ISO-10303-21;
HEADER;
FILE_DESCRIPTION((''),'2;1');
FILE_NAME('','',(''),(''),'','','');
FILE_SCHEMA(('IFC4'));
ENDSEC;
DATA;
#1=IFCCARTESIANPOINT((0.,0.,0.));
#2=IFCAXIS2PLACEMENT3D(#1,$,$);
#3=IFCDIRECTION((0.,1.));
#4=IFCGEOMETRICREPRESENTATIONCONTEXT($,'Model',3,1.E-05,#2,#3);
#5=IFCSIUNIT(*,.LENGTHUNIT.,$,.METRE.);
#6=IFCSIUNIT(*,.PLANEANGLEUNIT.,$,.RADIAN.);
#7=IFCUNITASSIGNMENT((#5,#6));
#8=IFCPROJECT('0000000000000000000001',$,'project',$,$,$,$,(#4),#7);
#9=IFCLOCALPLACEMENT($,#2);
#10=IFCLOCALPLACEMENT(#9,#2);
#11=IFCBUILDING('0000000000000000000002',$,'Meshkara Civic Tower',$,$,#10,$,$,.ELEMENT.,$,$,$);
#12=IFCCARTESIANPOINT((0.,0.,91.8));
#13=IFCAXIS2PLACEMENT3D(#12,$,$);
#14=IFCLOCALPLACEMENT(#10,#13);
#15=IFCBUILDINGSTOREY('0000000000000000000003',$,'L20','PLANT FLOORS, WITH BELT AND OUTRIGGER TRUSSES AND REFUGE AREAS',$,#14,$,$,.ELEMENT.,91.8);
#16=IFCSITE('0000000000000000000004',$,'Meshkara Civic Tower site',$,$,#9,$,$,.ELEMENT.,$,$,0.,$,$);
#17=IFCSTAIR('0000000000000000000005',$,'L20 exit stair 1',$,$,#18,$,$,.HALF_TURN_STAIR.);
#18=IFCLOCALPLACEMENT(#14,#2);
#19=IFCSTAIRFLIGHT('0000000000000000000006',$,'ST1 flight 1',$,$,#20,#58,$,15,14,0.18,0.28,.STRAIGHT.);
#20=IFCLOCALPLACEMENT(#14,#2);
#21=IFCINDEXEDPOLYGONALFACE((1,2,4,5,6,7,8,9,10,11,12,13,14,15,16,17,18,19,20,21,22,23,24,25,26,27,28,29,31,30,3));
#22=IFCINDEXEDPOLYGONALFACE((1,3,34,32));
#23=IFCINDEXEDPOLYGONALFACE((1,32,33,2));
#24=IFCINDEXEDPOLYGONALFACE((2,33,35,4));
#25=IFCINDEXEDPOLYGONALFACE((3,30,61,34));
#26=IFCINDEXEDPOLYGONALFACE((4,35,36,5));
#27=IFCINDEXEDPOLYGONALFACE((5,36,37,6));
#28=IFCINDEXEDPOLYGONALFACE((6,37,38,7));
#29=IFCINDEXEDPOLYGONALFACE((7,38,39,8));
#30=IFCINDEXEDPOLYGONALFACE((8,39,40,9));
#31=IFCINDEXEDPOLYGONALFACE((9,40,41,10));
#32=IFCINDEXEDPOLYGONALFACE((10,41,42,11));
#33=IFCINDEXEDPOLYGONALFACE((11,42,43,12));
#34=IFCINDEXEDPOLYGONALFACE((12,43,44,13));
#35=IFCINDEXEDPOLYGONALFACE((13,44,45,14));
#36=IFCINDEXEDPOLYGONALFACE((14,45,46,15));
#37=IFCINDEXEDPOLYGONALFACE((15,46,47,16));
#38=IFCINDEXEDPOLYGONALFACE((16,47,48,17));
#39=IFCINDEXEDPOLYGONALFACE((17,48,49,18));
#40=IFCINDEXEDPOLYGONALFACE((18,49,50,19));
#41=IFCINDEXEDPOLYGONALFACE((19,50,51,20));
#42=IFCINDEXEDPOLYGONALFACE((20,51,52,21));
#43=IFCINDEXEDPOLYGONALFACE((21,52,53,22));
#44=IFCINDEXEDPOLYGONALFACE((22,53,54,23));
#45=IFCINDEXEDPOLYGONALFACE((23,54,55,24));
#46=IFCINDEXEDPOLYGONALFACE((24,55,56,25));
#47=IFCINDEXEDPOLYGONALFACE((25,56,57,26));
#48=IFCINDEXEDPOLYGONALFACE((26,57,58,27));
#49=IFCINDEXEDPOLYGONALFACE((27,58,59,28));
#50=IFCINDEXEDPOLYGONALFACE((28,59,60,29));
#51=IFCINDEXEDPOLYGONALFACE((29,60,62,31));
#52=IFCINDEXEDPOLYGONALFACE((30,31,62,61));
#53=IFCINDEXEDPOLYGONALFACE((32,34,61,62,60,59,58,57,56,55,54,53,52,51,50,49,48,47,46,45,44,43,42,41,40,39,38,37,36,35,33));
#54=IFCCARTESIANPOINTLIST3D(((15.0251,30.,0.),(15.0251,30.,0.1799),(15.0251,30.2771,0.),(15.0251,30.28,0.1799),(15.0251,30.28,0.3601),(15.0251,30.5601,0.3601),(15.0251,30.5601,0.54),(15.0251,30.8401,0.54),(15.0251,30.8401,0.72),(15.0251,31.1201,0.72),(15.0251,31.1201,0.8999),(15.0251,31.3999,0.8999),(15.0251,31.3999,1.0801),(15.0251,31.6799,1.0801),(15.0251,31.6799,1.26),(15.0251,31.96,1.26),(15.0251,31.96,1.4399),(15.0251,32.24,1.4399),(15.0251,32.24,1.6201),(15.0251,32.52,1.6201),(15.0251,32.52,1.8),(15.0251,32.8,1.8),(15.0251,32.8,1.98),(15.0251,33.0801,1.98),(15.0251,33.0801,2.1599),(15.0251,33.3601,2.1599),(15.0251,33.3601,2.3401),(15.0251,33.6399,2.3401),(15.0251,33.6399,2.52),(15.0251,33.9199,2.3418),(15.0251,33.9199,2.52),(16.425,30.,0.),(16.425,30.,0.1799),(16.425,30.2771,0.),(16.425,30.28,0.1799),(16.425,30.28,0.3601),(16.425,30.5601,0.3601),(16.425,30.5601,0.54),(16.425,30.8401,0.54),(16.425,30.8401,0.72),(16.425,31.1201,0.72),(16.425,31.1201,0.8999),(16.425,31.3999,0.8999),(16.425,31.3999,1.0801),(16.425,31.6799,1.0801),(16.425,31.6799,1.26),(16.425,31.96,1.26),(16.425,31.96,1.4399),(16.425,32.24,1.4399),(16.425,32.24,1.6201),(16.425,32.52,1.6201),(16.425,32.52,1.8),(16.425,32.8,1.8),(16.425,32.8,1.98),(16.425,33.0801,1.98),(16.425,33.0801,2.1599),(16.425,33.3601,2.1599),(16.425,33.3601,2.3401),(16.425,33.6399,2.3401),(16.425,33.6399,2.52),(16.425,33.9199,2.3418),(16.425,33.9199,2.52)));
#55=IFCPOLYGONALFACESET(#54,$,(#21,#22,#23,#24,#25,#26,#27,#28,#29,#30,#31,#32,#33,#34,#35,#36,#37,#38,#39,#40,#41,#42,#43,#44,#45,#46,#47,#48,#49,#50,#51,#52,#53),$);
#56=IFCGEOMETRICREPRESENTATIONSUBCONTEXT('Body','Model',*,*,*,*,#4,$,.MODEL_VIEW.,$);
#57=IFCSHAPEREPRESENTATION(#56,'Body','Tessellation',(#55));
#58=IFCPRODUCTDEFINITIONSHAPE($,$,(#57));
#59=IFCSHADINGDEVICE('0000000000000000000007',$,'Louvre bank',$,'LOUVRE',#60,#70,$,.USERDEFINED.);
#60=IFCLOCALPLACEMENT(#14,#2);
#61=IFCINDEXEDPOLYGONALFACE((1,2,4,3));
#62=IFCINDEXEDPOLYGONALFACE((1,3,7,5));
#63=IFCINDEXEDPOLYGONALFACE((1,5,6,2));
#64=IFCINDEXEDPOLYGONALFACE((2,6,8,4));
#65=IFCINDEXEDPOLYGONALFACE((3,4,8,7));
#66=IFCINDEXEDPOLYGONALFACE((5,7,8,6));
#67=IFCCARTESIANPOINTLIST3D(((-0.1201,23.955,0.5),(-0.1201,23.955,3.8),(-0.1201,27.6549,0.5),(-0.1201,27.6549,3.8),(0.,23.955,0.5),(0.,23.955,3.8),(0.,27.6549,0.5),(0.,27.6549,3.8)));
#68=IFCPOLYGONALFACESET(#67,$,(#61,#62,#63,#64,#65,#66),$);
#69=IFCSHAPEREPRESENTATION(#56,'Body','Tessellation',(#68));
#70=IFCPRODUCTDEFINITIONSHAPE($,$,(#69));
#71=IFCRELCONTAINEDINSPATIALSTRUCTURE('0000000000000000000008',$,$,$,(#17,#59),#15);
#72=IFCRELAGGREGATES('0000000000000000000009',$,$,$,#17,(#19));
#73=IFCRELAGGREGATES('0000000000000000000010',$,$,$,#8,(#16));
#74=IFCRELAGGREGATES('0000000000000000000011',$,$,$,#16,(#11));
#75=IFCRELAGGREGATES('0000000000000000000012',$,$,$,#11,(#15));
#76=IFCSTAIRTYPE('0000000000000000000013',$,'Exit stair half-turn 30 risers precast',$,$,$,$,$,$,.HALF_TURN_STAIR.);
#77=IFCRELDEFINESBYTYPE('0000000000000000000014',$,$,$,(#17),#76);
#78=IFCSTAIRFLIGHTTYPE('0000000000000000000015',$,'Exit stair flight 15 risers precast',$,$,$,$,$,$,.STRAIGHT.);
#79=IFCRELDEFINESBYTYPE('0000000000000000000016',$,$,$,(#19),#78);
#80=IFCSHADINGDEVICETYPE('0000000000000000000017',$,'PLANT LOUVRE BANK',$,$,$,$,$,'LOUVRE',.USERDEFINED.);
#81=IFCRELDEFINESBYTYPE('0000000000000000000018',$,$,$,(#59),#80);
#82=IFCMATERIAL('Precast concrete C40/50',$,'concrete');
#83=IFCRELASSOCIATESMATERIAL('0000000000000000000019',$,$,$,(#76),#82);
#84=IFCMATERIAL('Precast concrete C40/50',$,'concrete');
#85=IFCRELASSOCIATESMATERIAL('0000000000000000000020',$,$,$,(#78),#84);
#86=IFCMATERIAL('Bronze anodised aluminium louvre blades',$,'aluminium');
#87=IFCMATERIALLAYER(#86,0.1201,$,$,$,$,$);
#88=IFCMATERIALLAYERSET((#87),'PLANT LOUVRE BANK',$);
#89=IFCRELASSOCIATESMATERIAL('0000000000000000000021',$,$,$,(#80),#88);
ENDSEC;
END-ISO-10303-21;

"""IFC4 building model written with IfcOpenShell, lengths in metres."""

from ifc_helpers import new_model, si_unit, direction, frame, origin, origin_2d, place, context, subcontext, project, spatial, polyline, rectangle, outline, extrude, material, layer, layer_set, type_object, element, aggregate, save


model = new_model("IFC4")

# Units and contexts
model_context = context("Model", 3, precision=1e-05, world=origin(), true_north=direction((0.0, 1.0)))
body_context = subcontext(model_context, "Body", "Model", "MODEL_VIEW")
ifc_project = project(units=[si_unit("LENGTHUNIT", "METRE"), si_unit("PLANEANGLEUNIT", "RADIAN")], contexts=[model_context])

# Site, building, storey
site_placement = place(None, origin())
site = spatial("IfcSite", under=ifc_project, at=site_placement, Name="Meshkara Civic Tower site", CompositionType="ELEMENT", RefElevation=0.0)
building_placement = place(site_placement, origin())
building = spatial("IfcBuilding", under=site, at=building_placement, Name="Meshkara Civic Tower", CompositionType="ELEMENT")
storey_placement = place(building_placement, frame((0.0, 0.0, 91.8)))
storey = spatial("IfcBuildingStorey", under=building, at=storey_placement, Name="L20", Description="PLANT FLOORS, WITH BELT AND OUTRIGGER TRUSSES AND REFUGE AREAS", CompositionType="ELEMENT", Elevation=91.8)

# Stair, stair flight
ifc_material_1 = material(Name="Precast concrete C40/50", Category="concrete")
stair_type = type_object("IfcStairType", Name="Exit stair half-turn 30 risers precast", PredefinedType="HALF_TURN_STAIR", material=ifc_material_1)
stair_placement = place(storey_placement, origin())
stair = element("IfcStair", 1, at=stair_placement, inside=storey, type_object=stair_type, Name="L20 exit stair 1", PredefinedType="HALF_TURN_STAIR")
ifc_material_2 = material(Name="Precast concrete C40/50", Category="concrete")
stair_flight_type = type_object("IfcStairFlightType", Name="Exit stair flight 15 risers precast", PredefinedType="STRAIGHT", material=ifc_material_2)
stair_flight_placement = place(storey_placement, frame((15.7251, 30.0, 0.0), z_axis=(0.0, 0.0, 1.0), x_axis=(0.0, 1.0, 0.0)))
stair_flight = element("IfcStairFlight", 2, at=stair_flight_placement, type_object=stair_flight_type, Name="ST1 flight 1", NumberOfRisers=15, NumberOfTreads=14, PredefinedType="STRAIGHT", RiserHeight=0.18, TreadLength=0.28, context=body_context, shape_type="SweptSolid", body=[
    extrude(outline(polyline([(0.0, 0.0), (0.0, 0.1799), (0.28, 0.1799), (0.28, 0.3601), (0.5601, 0.3601), (0.5601, 0.54), (0.8401, 0.54), (0.8401, 0.72), (1.1201, 0.72), (1.1201, 0.8999), (1.3999, 0.8999), (1.3999, 1.0801), (1.6799, 1.0801), (1.6799, 1.26), (1.96, 1.26), (1.96, 1.4399), (2.24, 1.4399), (2.24, 1.6201), (2.52, 1.6201), (2.52, 1.8), (2.8, 1.8), (2.8, 1.98), (3.0801, 1.98), (3.0801, 2.1599), (3.3601, 2.1599), (3.3601, 2.3401), (3.6399, 2.3401), (3.6399, 2.52), (3.9199, 2.52), (3.9199, 2.7), (3.9199, 2.3418), (0.2771, 0.0), (0.0, 0.0)])), frame((0.0, 0.7, 0.0), z_axis=(0.0, -1.0, 0.0), x_axis=(1.0, 0.0, 0.0)), (0.0, 0.0, 1.0), 1.3999),
])
aggregate(stair, [stair_flight])

# Shading device
ifc_material_3 = material(Name="Bronze anodised aluminium louvre blades", Category="aluminium")
ifc_layer_1 = layer(ifc_material_3, 0.1201)
ifc_layer_set_1 = layer_set([ifc_layer_1], Name="PLANT LOUVRE BANK")
shading_device_type = type_object("IfcShadingDeviceType", Name="PLANT LOUVRE BANK", ElementType="LOUVRE", PredefinedType="USERDEFINED", material=ifc_layer_set_1)
shading_device_placement = place(storey_placement, frame((-0.0601, 25.8049, 0.5), z_axis=(0.0, 0.0, 1.0), x_axis=(0.0, -1.0, 0.0)))
element("IfcShadingDevice", 3, at=shading_device_placement, inside=storey, type_object=shading_device_type, Name="Louvre bank", ObjectType="LOUVRE", PredefinedType="USERDEFINED", context=body_context, shape_type="SweptSolid", body=[
    extrude(rectangle(XDim=3.7, YDim=0.1201, at=origin_2d()), origin(), (0.0, 0.0, 1.0), 3.3),
])

save(model, "model.ifc")
